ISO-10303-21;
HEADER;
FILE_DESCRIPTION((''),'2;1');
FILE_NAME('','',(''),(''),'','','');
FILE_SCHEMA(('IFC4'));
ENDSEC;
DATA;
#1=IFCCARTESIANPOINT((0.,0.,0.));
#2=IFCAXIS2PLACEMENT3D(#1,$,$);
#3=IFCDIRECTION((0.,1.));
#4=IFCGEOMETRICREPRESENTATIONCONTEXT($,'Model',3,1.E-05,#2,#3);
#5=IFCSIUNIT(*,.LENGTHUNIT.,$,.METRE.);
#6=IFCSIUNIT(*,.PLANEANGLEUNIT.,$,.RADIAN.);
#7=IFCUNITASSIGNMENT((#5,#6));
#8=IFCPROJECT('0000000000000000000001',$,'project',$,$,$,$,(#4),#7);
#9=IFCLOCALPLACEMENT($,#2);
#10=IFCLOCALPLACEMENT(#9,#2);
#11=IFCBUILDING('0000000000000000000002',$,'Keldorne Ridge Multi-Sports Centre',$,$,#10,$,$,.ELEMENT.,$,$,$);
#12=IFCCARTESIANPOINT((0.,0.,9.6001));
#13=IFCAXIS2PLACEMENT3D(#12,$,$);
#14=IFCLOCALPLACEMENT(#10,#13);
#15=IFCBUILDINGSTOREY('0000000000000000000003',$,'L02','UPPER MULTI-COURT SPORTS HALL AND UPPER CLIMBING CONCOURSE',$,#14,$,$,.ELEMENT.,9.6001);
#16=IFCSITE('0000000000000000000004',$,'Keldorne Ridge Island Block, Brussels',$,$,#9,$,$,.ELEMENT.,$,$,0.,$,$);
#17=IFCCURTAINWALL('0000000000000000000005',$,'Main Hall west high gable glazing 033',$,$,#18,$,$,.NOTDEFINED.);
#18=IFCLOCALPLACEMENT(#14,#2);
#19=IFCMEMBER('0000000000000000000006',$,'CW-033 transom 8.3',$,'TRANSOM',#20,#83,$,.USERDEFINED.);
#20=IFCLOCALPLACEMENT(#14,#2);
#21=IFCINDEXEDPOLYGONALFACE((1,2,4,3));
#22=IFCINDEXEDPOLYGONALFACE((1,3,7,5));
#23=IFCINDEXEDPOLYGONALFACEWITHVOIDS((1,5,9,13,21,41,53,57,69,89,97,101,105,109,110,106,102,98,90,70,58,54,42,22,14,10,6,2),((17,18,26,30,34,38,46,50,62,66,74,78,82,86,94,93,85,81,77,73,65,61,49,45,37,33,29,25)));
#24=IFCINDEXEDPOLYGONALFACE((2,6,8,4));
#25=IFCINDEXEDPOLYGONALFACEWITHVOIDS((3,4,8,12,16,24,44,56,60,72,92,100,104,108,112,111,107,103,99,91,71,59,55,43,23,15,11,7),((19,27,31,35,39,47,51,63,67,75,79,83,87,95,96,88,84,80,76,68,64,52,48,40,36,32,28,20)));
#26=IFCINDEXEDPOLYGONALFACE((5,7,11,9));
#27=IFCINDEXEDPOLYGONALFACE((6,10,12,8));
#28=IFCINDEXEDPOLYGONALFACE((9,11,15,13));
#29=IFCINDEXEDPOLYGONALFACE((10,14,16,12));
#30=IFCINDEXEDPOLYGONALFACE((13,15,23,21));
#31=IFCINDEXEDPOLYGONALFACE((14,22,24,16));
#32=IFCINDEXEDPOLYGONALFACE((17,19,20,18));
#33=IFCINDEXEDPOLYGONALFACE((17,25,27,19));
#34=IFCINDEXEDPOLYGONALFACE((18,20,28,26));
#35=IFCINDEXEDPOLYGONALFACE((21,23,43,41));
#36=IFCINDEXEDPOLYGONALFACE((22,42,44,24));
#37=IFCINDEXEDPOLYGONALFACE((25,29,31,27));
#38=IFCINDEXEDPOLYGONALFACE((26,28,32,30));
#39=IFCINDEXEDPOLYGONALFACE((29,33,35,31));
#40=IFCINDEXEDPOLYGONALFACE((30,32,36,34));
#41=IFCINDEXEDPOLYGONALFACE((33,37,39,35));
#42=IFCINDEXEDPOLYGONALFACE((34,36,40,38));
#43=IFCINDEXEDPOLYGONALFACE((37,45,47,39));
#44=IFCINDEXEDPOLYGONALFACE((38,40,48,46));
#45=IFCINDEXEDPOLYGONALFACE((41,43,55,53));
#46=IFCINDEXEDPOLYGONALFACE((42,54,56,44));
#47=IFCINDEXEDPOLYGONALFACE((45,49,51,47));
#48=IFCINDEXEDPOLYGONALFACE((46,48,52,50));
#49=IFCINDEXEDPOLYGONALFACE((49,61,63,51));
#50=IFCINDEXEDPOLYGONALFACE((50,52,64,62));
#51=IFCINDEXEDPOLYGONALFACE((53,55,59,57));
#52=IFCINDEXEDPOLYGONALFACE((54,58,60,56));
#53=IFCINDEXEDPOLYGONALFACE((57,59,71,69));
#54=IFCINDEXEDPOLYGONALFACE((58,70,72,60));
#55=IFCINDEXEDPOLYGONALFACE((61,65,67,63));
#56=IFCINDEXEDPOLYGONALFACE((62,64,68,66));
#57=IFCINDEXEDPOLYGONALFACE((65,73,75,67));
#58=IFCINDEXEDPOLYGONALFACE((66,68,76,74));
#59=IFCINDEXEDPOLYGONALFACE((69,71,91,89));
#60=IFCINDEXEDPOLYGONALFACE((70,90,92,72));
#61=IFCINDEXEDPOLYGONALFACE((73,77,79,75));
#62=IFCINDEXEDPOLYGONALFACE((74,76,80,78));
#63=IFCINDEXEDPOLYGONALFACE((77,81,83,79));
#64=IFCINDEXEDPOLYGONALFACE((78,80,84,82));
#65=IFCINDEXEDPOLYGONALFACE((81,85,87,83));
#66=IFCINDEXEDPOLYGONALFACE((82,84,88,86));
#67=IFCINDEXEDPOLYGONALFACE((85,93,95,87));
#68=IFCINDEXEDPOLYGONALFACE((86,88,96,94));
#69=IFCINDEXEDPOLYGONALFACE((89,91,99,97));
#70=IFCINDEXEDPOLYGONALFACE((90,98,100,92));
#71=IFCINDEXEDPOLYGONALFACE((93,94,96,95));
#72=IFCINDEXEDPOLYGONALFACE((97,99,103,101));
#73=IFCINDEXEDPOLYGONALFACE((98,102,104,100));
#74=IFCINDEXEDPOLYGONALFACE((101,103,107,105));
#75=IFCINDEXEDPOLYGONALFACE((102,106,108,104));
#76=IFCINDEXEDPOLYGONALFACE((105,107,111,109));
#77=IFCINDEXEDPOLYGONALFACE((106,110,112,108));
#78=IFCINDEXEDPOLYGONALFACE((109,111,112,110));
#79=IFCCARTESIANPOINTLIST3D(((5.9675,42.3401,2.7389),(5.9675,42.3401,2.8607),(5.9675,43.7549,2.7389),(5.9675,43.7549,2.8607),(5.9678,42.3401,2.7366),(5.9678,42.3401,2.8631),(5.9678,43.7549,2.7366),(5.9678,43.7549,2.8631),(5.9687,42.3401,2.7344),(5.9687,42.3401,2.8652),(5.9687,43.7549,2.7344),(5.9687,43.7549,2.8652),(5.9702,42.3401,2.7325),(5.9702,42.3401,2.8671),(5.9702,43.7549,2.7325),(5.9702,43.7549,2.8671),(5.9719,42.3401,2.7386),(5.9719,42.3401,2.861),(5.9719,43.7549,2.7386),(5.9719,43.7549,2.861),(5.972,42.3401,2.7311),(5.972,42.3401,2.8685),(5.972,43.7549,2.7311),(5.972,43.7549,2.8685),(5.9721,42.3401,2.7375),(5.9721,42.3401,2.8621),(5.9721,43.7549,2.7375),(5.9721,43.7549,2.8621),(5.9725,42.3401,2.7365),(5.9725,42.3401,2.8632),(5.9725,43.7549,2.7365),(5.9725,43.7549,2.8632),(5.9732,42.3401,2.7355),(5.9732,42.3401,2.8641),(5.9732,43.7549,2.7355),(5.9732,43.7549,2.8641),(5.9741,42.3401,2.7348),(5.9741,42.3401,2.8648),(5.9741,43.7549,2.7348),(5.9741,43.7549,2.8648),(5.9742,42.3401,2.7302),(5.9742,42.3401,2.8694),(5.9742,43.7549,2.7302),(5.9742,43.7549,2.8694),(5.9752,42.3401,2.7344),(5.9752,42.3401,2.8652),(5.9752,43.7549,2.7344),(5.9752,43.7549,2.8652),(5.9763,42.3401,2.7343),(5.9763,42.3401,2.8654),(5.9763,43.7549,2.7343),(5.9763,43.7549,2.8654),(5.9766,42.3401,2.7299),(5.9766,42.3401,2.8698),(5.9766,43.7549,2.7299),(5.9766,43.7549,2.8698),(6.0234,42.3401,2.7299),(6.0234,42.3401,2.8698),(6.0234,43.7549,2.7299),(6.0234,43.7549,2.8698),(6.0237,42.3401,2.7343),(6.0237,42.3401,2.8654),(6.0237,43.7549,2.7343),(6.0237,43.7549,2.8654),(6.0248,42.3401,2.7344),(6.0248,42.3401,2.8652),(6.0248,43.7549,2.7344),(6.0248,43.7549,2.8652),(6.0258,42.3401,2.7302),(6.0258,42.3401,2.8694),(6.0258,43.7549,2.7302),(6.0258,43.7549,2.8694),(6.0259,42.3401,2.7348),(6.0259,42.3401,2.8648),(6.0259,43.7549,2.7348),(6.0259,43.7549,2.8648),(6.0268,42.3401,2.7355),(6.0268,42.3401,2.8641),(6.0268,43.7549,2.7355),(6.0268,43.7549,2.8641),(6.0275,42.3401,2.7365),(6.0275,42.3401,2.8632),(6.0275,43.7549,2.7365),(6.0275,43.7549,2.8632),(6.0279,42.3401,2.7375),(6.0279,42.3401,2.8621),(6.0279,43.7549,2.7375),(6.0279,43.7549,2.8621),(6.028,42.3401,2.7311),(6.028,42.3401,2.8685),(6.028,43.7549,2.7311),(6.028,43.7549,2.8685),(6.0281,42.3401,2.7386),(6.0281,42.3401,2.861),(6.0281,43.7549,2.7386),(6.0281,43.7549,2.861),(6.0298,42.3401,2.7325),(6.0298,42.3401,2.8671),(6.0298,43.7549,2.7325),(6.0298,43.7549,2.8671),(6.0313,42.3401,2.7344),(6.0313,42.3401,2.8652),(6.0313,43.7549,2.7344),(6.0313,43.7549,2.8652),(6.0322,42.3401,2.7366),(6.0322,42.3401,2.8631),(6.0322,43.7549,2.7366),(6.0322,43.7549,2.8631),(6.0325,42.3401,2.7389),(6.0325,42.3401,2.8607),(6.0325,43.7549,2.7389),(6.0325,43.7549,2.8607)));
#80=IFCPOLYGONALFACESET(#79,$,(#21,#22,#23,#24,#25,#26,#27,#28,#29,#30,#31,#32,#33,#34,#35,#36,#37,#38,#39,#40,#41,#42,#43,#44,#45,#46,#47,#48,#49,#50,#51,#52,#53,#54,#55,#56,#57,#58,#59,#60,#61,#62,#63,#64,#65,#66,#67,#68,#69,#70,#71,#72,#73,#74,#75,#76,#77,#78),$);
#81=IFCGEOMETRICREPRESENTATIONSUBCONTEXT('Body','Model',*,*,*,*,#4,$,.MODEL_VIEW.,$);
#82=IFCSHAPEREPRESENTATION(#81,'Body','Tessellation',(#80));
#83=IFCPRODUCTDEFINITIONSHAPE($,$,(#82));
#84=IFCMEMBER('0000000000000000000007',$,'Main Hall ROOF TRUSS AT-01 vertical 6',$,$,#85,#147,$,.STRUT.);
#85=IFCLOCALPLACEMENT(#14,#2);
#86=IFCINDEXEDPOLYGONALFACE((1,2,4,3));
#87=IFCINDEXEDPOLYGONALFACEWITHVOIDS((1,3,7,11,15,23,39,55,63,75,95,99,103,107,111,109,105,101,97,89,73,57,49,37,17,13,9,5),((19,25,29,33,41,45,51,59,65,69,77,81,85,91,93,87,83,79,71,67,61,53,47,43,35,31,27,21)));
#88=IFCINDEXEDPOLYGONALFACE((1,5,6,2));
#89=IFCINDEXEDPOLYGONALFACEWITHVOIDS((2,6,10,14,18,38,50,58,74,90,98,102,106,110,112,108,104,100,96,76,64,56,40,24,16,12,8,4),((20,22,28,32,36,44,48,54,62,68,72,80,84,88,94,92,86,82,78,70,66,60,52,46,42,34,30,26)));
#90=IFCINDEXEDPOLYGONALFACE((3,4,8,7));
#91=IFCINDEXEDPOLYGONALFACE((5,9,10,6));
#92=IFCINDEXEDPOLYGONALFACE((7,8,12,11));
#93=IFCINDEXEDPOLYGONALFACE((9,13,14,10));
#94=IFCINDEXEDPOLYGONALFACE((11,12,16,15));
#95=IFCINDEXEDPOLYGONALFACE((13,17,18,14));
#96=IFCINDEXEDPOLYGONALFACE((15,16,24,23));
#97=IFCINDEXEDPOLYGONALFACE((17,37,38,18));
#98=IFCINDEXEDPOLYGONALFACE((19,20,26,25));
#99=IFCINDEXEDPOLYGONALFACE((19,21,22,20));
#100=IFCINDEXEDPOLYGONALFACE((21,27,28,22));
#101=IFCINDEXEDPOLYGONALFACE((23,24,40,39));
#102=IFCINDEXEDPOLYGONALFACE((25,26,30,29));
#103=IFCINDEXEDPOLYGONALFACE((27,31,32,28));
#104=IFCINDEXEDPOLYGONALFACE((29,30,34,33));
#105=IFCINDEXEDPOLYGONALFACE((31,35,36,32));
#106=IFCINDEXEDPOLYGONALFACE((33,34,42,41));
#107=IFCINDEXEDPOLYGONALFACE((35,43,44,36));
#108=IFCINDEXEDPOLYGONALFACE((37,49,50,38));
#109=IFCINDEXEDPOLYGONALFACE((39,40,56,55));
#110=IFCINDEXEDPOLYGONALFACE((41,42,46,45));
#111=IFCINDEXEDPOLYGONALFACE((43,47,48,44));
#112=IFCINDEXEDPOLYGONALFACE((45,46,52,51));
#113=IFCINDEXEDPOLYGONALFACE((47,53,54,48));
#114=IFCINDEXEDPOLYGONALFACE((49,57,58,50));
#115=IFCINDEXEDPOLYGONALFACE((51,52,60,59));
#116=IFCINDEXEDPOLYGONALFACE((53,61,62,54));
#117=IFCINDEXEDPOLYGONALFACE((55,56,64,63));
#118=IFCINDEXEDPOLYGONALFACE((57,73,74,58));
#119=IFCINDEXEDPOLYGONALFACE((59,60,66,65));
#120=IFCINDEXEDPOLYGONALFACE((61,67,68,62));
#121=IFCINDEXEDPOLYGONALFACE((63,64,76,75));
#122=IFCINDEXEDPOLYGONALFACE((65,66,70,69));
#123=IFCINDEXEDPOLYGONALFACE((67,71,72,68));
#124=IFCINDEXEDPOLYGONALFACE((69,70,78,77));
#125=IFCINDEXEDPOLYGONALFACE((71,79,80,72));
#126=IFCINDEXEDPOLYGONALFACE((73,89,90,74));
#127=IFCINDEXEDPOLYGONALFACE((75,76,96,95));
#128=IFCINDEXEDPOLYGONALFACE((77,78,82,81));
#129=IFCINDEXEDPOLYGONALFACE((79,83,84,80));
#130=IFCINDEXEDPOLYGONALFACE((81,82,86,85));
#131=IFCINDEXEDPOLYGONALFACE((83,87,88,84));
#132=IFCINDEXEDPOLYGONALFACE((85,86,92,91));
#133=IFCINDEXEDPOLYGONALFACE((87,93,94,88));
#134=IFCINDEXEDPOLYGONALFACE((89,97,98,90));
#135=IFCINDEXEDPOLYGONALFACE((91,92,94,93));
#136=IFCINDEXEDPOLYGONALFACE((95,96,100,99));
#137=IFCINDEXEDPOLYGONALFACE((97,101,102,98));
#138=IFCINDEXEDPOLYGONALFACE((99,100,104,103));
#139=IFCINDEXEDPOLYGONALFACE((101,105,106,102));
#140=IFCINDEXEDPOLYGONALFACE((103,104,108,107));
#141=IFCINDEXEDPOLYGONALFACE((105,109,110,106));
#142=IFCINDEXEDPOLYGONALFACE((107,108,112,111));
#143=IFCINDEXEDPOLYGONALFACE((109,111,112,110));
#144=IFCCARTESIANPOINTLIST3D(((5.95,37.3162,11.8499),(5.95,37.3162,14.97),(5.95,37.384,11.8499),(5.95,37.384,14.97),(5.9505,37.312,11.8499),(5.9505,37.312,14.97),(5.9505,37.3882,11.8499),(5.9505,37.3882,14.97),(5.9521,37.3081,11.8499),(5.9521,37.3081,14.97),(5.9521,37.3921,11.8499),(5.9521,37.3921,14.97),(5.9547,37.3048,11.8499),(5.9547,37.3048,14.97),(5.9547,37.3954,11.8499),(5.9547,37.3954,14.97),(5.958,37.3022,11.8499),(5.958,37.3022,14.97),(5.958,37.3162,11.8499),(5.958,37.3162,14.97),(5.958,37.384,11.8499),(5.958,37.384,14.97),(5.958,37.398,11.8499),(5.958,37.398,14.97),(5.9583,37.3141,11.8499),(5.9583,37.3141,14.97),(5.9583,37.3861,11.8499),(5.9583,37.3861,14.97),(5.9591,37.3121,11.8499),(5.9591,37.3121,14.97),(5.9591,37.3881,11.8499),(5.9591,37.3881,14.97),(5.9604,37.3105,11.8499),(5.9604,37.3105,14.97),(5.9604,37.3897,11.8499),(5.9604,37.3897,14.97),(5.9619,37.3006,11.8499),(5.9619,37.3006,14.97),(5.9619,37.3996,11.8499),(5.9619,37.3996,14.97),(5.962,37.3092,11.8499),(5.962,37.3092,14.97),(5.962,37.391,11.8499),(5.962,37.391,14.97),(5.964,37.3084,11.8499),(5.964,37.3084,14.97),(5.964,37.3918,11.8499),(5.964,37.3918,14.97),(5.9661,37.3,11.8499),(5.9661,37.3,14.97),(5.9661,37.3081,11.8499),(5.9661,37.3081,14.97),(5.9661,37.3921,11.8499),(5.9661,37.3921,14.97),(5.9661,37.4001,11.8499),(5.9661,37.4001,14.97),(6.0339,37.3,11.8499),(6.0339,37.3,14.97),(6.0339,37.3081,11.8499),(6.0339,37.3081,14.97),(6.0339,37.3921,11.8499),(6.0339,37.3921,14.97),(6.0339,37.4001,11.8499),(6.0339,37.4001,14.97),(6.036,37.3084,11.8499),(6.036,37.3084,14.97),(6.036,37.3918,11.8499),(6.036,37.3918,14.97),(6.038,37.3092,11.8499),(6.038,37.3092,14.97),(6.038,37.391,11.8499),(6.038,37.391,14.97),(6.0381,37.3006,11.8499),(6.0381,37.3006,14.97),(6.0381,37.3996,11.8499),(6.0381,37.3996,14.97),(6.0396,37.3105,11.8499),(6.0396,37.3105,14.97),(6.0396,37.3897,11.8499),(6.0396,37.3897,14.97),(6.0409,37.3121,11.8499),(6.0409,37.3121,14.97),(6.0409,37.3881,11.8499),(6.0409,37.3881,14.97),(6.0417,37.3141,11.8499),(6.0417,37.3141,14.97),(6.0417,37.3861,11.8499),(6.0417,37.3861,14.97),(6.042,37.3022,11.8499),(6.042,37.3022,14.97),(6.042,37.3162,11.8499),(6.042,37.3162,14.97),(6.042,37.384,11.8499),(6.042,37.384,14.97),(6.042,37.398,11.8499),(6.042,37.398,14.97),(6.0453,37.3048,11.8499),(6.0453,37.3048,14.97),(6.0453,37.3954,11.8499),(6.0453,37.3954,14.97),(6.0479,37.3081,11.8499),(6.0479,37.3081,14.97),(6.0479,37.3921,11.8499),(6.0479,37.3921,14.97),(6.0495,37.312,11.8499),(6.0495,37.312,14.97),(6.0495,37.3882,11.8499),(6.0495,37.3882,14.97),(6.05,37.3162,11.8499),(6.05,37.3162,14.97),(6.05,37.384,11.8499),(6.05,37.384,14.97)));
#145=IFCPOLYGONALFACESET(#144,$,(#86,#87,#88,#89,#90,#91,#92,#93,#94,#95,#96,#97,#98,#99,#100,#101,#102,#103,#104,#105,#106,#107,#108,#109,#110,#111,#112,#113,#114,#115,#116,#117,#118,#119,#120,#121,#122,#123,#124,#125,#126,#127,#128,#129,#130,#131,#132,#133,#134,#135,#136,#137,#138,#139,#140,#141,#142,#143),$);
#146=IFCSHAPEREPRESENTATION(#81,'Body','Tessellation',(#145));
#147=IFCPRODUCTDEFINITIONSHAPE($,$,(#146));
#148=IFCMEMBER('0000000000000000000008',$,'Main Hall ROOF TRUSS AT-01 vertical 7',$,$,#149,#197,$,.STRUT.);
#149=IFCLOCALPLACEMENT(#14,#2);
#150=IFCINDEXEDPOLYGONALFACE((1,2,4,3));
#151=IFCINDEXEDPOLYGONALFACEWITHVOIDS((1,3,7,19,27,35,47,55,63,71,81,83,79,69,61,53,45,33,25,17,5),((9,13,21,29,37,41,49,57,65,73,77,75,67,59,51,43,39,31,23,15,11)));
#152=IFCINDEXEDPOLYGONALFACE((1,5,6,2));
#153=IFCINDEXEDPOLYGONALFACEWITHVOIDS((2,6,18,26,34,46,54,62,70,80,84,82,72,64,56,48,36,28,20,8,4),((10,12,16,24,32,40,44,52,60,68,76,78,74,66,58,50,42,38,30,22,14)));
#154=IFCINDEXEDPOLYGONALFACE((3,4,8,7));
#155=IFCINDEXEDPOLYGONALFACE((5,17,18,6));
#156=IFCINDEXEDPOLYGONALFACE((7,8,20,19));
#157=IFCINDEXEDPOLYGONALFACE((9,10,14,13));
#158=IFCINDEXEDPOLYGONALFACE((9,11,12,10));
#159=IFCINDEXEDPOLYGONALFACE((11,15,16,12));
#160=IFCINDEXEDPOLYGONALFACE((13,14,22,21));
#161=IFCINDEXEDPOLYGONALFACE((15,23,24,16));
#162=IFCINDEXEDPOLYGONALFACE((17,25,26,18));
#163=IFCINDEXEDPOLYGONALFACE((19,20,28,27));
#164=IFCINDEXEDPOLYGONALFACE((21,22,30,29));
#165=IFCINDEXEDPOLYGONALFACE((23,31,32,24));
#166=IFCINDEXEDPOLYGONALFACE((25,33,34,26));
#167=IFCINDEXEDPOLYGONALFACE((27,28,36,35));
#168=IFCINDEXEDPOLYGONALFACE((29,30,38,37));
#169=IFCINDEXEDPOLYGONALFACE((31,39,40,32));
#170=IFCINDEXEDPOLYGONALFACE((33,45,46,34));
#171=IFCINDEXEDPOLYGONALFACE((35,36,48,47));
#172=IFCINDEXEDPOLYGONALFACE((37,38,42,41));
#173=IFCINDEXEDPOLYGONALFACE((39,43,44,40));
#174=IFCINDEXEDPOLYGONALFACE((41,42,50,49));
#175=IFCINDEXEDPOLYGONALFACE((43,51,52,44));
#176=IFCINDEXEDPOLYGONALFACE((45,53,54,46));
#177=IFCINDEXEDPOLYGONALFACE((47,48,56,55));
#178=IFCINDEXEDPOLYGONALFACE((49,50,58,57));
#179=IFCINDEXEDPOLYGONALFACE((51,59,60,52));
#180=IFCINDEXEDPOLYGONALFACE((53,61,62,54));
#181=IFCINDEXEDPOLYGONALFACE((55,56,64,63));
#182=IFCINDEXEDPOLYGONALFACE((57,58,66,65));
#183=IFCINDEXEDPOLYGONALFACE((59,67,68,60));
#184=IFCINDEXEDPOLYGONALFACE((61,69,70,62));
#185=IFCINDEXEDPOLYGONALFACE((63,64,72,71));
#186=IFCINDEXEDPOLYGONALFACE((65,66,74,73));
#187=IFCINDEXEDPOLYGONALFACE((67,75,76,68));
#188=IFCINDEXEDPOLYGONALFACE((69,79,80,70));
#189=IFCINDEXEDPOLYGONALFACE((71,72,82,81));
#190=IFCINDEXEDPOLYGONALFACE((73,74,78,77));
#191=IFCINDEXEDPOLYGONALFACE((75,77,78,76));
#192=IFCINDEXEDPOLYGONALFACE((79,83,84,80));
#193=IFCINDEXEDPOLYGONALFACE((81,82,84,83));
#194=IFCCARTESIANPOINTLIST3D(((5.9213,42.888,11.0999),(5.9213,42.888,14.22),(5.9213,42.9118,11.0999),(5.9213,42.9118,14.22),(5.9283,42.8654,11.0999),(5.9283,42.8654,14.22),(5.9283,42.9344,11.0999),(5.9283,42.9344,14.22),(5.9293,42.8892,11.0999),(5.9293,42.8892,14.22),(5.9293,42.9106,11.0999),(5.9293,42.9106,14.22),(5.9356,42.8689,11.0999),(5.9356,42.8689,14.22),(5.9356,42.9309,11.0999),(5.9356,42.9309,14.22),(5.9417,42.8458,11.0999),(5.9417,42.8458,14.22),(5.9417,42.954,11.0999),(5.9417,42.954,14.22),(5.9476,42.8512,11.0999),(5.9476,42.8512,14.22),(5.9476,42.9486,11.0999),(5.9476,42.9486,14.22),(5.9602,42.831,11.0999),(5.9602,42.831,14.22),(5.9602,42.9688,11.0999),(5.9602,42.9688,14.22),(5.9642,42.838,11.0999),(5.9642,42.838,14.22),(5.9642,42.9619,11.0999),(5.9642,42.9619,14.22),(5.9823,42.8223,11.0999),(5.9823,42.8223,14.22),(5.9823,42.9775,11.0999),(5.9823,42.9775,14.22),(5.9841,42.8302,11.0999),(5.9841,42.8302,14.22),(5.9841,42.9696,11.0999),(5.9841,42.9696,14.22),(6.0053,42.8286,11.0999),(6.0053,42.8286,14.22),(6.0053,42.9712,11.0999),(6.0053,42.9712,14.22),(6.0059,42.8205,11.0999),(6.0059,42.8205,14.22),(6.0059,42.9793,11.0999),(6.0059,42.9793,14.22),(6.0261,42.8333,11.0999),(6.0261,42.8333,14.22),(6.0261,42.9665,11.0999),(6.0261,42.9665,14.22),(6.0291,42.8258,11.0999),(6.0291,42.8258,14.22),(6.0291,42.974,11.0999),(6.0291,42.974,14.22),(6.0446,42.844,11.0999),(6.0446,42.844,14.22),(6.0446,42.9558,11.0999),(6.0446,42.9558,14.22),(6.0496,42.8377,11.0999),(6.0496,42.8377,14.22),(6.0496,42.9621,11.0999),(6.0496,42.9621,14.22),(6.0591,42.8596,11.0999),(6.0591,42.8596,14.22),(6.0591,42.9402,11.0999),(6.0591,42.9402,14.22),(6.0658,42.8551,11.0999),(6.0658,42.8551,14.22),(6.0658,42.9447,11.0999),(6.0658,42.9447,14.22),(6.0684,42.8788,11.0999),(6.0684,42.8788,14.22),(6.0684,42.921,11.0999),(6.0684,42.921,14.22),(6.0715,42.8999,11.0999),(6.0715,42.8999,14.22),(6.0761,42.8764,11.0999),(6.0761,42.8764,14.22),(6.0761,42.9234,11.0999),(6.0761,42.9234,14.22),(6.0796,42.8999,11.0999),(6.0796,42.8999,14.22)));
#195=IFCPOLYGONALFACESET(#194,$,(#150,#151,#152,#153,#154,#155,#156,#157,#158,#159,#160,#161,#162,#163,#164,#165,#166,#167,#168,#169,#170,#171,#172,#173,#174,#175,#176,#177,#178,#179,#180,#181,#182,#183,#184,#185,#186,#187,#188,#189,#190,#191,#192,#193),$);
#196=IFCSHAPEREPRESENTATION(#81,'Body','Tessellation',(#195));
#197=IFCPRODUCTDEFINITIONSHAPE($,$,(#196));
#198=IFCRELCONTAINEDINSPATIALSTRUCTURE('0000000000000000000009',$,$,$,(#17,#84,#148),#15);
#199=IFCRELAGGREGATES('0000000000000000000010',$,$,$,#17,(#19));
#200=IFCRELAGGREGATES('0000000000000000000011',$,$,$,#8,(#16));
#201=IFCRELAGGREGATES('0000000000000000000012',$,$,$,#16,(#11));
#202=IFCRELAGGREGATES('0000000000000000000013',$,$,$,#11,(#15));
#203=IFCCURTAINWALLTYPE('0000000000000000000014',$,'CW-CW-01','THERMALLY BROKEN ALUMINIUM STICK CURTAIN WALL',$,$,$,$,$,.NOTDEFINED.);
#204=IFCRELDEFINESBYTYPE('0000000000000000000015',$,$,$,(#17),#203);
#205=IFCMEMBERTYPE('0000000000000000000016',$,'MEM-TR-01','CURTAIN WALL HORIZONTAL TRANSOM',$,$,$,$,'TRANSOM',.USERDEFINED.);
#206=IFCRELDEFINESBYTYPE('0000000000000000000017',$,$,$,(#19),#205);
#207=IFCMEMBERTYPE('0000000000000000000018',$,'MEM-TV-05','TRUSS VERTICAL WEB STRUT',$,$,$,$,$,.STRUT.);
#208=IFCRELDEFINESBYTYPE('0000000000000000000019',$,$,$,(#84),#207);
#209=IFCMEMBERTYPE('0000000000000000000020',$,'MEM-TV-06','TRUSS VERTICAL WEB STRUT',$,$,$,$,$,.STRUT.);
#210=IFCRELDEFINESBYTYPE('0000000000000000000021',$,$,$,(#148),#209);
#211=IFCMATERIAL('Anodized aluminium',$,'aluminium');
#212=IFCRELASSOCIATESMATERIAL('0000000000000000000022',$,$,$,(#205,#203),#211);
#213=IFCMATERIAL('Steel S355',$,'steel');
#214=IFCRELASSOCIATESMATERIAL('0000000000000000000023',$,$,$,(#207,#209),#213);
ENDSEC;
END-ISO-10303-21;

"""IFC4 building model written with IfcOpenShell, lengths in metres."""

from ifc_helpers import new_model, si_unit, direction, frame, origin, origin_2d, place, context, subcontext, project, spatial, hollow_rectangle, hollow_circle, extrude, material, material_profile, profile_set, type_object, element, aggregate, save


model = new_model("IFC4")

# Units and contexts
model_context = context("Model", 3, precision=1e-05, world=origin(), true_north=direction((0.0, 1.0)))
body_context = subcontext(model_context, "Body", "Model", "MODEL_VIEW")
ifc_project = project(units=[si_unit("LENGTHUNIT", "METRE"), si_unit("PLANEANGLEUNIT", "RADIAN")], contexts=[model_context])

# Site, building, storey
site_placement = place(None, origin())
site = spatial("IfcSite", under=ifc_project, at=site_placement, Name="Keldorne Ridge Island Block, Brussels", CompositionType="ELEMENT", RefElevation=0.0)
building_placement = place(site_placement, origin())
building = spatial("IfcBuilding", under=site, at=building_placement, Name="Keldorne Ridge Multi-Sports Centre", CompositionType="ELEMENT")
storey_placement = place(building_placement, frame((0.0, 0.0, 9.6001)))
storey = spatial("IfcBuildingStorey", under=building, at=storey_placement, Name="L02", Description="UPPER MULTI-COURT SPORTS HALL AND UPPER CLIMBING CONCOURSE", CompositionType="ELEMENT", Elevation=9.6001)

# Shared definitions
ifc_material_1 = material(Name="Steel S355", Category="steel")

# Shared definitions
ifc_material_2 = material(Name="Anodized aluminium", Category="aluminium")
ifc_material_profile_1 = material_profile(ifc_material_2, hollow_rectangle(XDim=0.0649, YDim=0.1399, WallThickness=0.0044, InnerFilletRadius=0.0044, OuterFilletRadius=0.009, at=origin_2d()), Name="ALU TRANSOM 140x65x4.5")
ifc_profile_set_1 = profile_set([ifc_material_profile_1], Name="Anodized aluminium")
member_type_1 = type_object("IfcMemberType", Name="MEM-TR-01", Description="CURTAIN WALL HORIZONTAL TRANSOM", ElementType="TRANSOM", PredefinedType="USERDEFINED", material=ifc_profile_set_1)

# Curtain wall, member
curtain_wall_type_1 = type_object("IfcCurtainWallType", Name="CW-CW-01", Description="THERMALLY BROKEN ALUMINIUM STICK CURTAIN WALL", PredefinedType="NOTDEFINED", material=ifc_material_2)
curtain_wall_1_placement = place(storey_placement, origin())
curtain_wall_1 = element("IfcCurtainWall", 1, at=curtain_wall_1_placement, inside=storey, type_object=curtain_wall_type_1, Name="Main Hall west high gable glazing 033", PredefinedType="NOTDEFINED")
member_1_placement = place(storey_placement, frame((6.0, 43.7549, 2.7998), z_axis=(0.0, -1.0, 0.0), x_axis=(1.0, 0.0, 0.0)))
member_1 = element("IfcMember", 2, at=member_1_placement, type_object=member_type_1, Name="CW-033 transom 8.3", ObjectType="TRANSOM", PredefinedType="USERDEFINED", context=body_context, shape_type="SweptSolid", body=[
    extrude(hollow_rectangle(XDim=0.0649, YDim=0.1399, WallThickness=0.0044, InnerFilletRadius=0.0044, OuterFilletRadius=0.009, at=origin_2d()), origin(), (0.0, 0.0, 1.0), 1.4148),
])

# Members
ifc_material_profile_2 = material_profile(ifc_material_1, hollow_rectangle(XDim=0.1001, YDim=0.1001, WallThickness=0.0081, InnerFilletRadius=0.0081, OuterFilletRadius=0.0161, at=origin_2d()), Name="SHS 100x100x8")
ifc_profile_set_2 = profile_set([ifc_material_profile_2], Name="Steel S355")
member_type_2 = type_object("IfcMemberType", Name="MEM-TV-05", Description="TRUSS VERTICAL WEB STRUT", PredefinedType="STRUT", material=ifc_profile_set_2)
member_2_placement = place(storey_placement, frame((6.0, 37.3501, 11.8499), z_axis=(0.0, 0.0, 1.0), x_axis=(1.0, 0.0, 0.0)))
element("IfcMember", 3, at=member_2_placement, inside=storey, type_object=member_type_2, Name="Main Hall ROOF TRUSS AT-01 vertical 6", PredefinedType="STRUT", context=body_context, shape_type="SweptSolid", body=[
    extrude(hollow_rectangle(XDim=0.1001, YDim=0.1001, WallThickness=0.0081, InnerFilletRadius=0.0081, OuterFilletRadius=0.0161, at=origin_2d()), origin(), (0.0, 0.0, 1.0), 3.1201),
])
ifc_material_profile_3 = material_profile(ifc_material_1, hollow_circle(Radius=0.0796, WallThickness=0.0081, at=origin_2d()), Name="CHS 159x8")
ifc_profile_set_3 = profile_set([ifc_material_profile_3], Name="Steel S355")
member_type_3 = type_object("IfcMemberType", Name="MEM-TV-06", Description="TRUSS VERTICAL WEB STRUT", PredefinedType="STRUT", material=ifc_profile_set_3)
member_3_placement = place(storey_placement, frame((6.0, 42.8999, 11.0999), z_axis=(0.0, 0.0, 1.0), x_axis=(1.0, 0.0, 0.0)))
element("IfcMember", 4, at=member_3_placement, inside=storey, type_object=member_type_3, Name="Main Hall ROOF TRUSS AT-01 vertical 7", PredefinedType="STRUT", context=body_context, shape_type="SweptSolid", body=[
    extrude(hollow_circle(Radius=0.0796, WallThickness=0.0081, at=origin_2d()), origin(), (0.0, 0.0, 1.0), 3.1201),
])

aggregate(curtain_wall_1, [member_1])

save(model, "model.ifc")
